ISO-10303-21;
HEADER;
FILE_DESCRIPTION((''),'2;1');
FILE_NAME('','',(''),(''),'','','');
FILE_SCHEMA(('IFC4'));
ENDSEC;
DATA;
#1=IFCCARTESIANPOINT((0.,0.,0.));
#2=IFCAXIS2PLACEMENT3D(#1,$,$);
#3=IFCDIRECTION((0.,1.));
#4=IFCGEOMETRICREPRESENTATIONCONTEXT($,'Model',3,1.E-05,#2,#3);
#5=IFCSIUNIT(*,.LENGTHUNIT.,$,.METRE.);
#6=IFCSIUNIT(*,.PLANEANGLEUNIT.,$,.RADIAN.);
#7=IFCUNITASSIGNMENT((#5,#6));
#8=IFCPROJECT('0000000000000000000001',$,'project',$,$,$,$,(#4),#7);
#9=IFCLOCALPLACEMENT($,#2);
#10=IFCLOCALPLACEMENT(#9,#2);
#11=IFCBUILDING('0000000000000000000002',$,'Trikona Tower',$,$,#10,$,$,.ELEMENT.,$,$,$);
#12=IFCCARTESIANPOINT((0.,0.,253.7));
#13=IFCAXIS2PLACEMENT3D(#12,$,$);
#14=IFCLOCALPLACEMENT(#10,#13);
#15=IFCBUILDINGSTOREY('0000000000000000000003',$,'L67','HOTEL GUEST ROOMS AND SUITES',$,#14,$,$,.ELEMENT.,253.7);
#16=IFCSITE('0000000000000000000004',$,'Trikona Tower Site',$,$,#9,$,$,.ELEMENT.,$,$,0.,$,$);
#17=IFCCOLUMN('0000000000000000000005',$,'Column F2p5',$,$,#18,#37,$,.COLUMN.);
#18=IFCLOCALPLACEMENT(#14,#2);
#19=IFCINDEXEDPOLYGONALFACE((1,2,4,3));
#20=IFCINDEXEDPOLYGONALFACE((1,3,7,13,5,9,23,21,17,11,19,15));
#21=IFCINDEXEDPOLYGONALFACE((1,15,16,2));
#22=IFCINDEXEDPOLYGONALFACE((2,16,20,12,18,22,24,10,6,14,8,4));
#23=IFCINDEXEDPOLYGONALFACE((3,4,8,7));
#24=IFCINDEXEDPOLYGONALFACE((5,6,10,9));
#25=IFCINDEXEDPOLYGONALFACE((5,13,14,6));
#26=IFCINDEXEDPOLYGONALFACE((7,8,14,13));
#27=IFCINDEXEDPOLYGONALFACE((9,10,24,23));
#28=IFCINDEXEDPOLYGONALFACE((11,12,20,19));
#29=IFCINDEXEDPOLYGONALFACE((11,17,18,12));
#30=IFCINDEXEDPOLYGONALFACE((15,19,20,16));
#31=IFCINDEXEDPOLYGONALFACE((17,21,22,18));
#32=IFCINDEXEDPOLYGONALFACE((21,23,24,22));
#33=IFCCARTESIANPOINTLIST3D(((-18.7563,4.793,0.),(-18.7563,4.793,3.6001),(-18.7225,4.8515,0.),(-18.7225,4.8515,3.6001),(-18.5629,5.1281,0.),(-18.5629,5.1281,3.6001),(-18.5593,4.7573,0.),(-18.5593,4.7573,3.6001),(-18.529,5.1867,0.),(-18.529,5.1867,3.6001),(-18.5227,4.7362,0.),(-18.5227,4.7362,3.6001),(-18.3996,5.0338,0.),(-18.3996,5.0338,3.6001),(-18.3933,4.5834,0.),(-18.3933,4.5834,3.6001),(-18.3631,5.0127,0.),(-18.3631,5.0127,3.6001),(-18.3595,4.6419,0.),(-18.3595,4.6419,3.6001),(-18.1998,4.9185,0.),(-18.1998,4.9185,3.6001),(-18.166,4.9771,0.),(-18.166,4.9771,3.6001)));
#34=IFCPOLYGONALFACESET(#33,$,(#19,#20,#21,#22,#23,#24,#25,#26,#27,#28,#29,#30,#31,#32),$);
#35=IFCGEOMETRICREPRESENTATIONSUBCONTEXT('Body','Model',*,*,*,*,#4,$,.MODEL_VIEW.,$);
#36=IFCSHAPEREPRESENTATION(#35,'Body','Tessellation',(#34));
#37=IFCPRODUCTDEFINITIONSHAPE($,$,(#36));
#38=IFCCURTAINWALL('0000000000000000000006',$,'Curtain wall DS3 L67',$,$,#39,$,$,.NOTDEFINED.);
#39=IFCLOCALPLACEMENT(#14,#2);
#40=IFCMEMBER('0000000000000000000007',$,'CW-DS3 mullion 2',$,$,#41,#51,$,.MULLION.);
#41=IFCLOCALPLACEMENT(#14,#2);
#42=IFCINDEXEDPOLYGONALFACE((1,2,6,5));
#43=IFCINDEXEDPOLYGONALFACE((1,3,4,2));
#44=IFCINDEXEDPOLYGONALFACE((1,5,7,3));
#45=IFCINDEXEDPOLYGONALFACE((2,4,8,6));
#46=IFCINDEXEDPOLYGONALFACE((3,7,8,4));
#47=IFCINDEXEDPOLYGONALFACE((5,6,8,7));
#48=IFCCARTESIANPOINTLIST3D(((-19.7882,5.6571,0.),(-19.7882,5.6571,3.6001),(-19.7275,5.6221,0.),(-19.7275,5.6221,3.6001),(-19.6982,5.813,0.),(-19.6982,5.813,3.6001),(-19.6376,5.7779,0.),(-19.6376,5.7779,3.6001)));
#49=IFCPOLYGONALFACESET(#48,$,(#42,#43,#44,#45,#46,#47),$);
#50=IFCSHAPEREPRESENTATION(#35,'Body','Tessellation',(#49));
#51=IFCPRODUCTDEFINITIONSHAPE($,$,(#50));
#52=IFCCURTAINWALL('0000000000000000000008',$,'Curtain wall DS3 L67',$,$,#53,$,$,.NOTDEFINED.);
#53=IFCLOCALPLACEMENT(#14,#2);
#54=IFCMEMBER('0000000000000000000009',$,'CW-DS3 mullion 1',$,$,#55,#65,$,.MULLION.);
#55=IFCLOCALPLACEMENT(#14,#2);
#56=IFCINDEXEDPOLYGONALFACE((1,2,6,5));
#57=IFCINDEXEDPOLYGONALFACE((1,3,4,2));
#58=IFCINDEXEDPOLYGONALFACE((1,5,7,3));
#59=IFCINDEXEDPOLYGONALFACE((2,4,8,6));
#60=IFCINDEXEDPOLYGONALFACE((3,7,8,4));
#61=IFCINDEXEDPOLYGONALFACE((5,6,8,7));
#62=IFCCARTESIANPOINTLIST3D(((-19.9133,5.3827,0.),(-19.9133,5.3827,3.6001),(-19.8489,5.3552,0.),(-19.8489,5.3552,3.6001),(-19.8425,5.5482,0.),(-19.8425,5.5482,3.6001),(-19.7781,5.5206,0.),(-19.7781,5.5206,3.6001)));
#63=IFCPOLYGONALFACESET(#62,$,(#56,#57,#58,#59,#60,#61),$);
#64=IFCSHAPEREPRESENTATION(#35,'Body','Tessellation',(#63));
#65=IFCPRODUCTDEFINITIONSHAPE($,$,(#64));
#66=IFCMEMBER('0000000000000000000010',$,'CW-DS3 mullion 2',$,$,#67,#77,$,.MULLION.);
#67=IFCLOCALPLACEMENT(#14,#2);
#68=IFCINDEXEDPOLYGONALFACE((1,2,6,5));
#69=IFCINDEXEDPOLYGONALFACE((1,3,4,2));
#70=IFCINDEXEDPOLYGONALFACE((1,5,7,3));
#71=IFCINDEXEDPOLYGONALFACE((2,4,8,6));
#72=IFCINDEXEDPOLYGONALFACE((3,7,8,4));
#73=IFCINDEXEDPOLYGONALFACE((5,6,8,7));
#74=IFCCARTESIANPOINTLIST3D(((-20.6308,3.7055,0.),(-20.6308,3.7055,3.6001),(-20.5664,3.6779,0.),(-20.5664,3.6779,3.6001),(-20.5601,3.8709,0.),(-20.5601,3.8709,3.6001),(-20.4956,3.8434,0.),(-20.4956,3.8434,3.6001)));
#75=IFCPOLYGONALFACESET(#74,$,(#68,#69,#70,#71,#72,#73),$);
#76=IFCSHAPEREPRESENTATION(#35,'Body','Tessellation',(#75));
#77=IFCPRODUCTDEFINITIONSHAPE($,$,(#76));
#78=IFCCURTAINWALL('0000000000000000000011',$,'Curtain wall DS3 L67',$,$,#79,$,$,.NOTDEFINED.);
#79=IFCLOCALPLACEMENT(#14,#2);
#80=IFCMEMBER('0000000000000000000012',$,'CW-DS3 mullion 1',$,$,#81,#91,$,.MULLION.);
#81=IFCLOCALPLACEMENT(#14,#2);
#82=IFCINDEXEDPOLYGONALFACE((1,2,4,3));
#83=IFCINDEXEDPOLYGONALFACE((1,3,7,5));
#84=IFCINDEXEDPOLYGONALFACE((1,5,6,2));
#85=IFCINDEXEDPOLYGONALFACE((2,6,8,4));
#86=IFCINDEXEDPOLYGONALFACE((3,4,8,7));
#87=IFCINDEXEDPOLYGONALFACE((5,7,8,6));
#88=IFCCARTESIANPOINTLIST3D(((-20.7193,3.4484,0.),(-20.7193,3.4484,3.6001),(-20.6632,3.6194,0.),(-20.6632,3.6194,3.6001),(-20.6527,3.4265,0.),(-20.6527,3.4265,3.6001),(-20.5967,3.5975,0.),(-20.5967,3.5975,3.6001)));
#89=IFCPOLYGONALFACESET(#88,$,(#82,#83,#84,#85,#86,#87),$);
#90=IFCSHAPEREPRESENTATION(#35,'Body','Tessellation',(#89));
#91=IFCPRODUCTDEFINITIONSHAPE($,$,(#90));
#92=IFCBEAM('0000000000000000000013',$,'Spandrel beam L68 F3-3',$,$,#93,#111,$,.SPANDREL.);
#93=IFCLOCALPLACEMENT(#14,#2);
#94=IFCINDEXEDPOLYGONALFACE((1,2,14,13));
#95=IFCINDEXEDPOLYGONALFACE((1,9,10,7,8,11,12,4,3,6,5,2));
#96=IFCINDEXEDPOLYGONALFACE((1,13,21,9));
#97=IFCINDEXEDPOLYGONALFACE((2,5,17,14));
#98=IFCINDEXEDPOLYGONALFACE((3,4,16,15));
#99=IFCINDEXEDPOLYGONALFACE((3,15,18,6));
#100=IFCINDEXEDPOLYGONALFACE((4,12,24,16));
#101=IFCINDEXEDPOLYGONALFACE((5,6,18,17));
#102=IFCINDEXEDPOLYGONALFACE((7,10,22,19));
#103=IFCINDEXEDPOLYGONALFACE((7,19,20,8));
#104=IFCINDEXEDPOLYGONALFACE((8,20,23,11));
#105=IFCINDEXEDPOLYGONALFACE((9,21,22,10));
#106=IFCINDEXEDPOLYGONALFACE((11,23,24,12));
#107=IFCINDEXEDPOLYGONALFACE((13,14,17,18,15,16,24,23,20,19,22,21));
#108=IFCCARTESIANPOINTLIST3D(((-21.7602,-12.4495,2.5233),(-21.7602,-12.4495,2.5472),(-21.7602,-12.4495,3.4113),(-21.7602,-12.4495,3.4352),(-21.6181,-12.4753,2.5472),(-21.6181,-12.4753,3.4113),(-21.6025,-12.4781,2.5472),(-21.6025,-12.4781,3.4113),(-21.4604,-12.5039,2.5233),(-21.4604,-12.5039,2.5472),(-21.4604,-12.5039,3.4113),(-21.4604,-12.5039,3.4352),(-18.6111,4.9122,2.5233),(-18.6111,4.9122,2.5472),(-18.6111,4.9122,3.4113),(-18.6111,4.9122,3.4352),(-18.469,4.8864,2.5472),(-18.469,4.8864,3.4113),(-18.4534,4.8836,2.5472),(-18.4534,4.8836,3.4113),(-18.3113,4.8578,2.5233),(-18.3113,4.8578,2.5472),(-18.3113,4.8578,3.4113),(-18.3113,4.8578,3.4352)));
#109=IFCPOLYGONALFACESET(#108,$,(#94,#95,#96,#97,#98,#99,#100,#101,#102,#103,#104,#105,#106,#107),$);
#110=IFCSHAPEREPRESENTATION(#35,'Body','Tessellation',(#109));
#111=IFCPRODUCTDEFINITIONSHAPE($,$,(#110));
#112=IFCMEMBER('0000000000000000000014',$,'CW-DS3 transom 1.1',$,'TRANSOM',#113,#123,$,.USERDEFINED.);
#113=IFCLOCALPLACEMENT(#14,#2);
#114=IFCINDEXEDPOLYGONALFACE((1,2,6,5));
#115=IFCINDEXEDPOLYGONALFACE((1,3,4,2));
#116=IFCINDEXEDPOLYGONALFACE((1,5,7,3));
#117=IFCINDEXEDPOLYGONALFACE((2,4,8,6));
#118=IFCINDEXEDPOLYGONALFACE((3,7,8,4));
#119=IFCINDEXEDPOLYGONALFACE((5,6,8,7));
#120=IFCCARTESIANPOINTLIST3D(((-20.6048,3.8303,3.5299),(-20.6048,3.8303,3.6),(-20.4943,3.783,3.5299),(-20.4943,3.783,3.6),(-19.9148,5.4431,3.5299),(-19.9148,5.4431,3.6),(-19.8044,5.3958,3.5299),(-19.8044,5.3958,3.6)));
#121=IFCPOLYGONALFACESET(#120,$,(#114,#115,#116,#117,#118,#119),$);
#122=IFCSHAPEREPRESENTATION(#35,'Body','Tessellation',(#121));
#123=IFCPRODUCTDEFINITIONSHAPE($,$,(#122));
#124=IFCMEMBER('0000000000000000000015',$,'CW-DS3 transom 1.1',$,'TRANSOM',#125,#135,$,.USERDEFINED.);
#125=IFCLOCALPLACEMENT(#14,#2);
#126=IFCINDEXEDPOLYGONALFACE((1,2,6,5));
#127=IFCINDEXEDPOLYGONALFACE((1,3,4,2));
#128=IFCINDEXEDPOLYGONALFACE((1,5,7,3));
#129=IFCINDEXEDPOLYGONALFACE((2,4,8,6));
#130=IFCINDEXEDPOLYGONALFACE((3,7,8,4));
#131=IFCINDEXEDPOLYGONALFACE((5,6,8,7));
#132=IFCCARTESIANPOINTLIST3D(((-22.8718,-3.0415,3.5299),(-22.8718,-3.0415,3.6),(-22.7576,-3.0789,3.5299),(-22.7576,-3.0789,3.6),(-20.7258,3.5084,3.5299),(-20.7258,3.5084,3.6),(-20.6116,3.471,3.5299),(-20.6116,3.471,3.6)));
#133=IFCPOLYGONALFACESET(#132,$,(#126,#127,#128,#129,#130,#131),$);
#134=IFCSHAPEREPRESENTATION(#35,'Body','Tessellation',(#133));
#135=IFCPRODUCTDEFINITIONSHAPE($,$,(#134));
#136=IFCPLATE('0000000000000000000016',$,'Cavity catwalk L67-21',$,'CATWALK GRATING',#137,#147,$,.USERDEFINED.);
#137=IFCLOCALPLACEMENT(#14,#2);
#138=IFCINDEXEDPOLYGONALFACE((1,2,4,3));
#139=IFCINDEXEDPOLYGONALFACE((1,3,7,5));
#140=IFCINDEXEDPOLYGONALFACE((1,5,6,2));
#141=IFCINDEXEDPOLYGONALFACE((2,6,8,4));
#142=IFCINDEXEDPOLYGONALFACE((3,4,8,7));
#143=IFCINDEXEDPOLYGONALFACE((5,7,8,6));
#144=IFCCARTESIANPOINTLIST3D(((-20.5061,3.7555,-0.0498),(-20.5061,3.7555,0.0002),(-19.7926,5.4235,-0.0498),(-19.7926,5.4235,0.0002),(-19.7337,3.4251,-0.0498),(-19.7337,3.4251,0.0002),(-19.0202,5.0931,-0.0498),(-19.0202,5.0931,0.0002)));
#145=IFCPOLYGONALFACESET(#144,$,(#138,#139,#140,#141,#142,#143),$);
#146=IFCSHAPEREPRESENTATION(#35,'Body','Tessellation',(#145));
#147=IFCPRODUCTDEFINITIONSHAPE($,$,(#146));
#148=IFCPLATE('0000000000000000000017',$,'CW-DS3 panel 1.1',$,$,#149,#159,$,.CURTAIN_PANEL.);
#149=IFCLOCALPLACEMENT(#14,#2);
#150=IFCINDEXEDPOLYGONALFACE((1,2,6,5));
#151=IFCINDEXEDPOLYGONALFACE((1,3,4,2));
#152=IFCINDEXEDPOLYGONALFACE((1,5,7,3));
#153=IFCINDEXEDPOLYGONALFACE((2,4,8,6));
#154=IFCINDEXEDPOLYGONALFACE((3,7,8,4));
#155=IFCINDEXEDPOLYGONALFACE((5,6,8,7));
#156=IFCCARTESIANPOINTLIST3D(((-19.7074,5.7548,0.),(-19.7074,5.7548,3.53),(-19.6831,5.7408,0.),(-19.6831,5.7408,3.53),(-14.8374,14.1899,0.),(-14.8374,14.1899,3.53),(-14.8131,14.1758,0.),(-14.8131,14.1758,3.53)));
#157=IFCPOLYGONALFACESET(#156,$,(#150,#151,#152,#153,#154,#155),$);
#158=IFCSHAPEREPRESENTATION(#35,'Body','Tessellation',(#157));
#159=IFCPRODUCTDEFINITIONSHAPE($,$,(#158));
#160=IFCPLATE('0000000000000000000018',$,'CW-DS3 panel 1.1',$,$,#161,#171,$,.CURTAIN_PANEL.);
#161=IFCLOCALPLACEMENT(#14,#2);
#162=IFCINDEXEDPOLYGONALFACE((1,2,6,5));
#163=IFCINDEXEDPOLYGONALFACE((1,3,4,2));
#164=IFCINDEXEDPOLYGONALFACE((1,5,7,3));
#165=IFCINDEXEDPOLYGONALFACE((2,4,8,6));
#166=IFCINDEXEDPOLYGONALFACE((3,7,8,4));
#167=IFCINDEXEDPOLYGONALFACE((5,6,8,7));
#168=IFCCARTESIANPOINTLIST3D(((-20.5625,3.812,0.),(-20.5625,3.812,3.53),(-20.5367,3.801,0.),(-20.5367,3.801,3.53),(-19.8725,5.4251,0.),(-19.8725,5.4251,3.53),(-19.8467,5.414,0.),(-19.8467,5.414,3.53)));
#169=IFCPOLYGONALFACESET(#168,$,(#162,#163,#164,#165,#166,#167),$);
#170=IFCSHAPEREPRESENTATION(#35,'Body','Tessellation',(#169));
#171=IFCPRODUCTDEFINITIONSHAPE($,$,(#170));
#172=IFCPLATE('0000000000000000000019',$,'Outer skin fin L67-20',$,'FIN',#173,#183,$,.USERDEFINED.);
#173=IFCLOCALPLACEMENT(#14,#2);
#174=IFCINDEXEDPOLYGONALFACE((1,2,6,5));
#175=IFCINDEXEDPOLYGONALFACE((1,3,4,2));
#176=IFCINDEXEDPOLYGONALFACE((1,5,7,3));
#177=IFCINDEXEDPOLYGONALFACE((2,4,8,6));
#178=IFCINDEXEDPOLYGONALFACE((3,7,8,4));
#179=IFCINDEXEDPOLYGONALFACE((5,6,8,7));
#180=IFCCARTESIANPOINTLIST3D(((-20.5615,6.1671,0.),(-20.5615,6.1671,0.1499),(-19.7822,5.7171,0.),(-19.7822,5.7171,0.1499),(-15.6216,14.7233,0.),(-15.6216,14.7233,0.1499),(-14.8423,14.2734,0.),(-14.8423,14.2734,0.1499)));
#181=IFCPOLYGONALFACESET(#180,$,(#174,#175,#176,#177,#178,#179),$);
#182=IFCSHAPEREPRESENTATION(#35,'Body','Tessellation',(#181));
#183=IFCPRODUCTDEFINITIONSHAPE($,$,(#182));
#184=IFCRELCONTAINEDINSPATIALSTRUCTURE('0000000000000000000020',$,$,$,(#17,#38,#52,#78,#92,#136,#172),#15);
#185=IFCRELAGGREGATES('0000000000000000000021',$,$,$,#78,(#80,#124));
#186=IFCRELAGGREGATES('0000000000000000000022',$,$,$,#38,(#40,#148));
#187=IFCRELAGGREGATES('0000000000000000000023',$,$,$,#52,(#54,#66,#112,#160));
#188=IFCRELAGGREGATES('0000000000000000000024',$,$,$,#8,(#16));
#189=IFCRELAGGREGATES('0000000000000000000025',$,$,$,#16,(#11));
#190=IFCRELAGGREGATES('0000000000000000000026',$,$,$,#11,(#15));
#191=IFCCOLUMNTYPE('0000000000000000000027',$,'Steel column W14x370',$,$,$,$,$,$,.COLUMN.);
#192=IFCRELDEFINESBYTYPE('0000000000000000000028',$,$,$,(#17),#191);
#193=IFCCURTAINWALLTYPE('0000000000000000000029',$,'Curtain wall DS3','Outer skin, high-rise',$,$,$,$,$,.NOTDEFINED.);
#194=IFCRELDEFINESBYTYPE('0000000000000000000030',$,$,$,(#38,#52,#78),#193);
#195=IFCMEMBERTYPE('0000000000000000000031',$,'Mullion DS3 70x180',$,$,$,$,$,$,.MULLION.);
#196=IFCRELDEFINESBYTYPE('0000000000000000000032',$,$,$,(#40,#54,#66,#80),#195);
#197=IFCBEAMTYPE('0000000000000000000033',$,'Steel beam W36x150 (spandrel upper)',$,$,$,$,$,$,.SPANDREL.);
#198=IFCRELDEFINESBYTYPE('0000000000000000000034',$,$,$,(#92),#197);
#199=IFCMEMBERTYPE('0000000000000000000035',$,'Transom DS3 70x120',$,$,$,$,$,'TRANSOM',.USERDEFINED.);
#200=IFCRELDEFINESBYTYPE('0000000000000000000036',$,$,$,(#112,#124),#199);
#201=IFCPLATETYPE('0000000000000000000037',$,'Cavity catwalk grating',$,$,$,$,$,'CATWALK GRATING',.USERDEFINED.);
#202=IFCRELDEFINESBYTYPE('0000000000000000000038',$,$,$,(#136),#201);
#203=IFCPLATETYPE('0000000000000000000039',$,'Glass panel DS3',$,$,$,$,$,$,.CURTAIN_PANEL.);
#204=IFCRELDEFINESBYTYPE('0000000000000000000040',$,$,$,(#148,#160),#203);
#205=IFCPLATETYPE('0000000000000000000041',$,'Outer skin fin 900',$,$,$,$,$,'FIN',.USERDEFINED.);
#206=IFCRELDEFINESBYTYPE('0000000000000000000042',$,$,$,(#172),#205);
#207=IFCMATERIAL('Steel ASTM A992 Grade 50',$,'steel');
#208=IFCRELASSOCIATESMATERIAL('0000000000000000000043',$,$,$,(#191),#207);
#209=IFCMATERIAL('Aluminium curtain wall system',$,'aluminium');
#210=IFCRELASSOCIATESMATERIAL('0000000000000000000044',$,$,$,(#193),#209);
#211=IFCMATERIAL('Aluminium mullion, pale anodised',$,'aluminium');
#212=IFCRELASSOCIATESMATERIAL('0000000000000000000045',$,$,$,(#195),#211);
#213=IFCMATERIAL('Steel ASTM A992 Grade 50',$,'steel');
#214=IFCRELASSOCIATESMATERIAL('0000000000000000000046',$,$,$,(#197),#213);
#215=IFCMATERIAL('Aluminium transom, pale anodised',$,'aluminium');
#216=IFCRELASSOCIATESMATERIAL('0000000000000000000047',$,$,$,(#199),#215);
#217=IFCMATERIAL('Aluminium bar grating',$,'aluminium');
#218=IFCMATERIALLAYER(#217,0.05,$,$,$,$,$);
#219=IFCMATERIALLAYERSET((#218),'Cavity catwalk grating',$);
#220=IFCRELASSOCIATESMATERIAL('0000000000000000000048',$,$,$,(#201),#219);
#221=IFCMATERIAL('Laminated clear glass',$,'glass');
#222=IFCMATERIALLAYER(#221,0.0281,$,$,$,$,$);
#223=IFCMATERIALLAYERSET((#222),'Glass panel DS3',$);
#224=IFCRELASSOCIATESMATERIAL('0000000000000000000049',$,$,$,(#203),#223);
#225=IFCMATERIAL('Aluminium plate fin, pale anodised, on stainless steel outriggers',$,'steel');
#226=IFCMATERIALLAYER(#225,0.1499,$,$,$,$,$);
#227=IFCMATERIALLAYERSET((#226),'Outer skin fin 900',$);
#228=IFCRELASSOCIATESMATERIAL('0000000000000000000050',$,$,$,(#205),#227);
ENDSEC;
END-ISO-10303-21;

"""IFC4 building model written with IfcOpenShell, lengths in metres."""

from ifc_helpers import new_model, si_unit, direction, frame, origin, origin_2d, place, context, subcontext, project, spatial, rectangle, i_section, extrude, material, layer, layer_set, material_profile, profile_set, type_object, element, aggregate, save


model = new_model("IFC4")

# Units and contexts
model_context = context("Model", 3, precision=1e-05, world=origin(), true_north=direction((0.0, 1.0)))
body_context = subcontext(model_context, "Body", "Model", "MODEL_VIEW")
ifc_project = project(units=[si_unit("LENGTHUNIT", "METRE"), si_unit("PLANEANGLEUNIT", "RADIAN")], contexts=[model_context])

# Site, building, storey
site_placement = place(None, origin())
site = spatial("IfcSite", under=ifc_project, at=site_placement, Name="Trikona Tower Site", CompositionType="ELEMENT", RefElevation=0.0)
building_placement = place(site_placement, origin())
building = spatial("IfcBuilding", under=site, at=building_placement, Name="Trikona Tower", CompositionType="ELEMENT")
storey_placement = place(building_placement, frame((0.0, 0.0, 253.7)))
storey = spatial("IfcBuildingStorey", under=building, at=storey_placement, Name="L67", Description="HOTEL GUEST ROOMS AND SUITES", CompositionType="ELEMENT", Elevation=253.7)

# Column
ifc_material_1 = material(Name="Steel ASTM A992 Grade 50", Category="steel")
ifc_material_profile_1 = material_profile(ifc_material_1, i_section(OverallWidth=0.4192, OverallDepth=0.4546, WebThickness=0.0422, FlangeThickness=0.0676, at=origin_2d()), Name="W14X370")
ifc_profile_set_1 = profile_set([ifc_material_profile_1], Name="Steel ASTM A992 Grade 50")
column_type = type_object("IfcColumnType", Name="Steel column W14x370", PredefinedType="COLUMN", material=ifc_profile_set_1)
column_placement = place(storey_placement, frame((-18.4612, 4.885, 0.0), z_axis=(0.0, 0.0, 1.0), x_axis=(-0.866025, 0.5, 0.0)))
element("IfcColumn", 1, at=column_placement, inside=storey, type_object=column_type, Name="Column F2p5", PredefinedType="COLUMN", context=body_context, shape_type="SweptSolid", body=[
    extrude(i_section(OverallWidth=0.4192, OverallDepth=0.4546, WebThickness=0.0422, FlangeThickness=0.0676, at=origin_2d()), origin(), (0.0, 0.0, 1.0), 3.6001),
])

# Curtain wall, member
ifc_material_2 = material(Name="Aluminium curtain wall system", Category="aluminium")
curtain_wall_type = type_object("IfcCurtainWallType", Name="Curtain wall DS3", Description="Outer skin, high-rise", PredefinedType="NOTDEFINED", material=ifc_material_2)
curtain_wall_1_placement = place(storey_placement, origin())
curtain_wall_1 = element("IfcCurtainWall", 2, at=curtain_wall_1_placement, inside=storey, type_object=curtain_wall_type, Name="Curtain wall DS3 L67", PredefinedType="NOTDEFINED")
ifc_material_3 = material(Name="Aluminium mullion, pale anodised", Category="aluminium")
ifc_material_profile_2 = material_profile(ifc_material_3, rectangle(XDim=0.0701, YDim=0.1799, at=origin_2d()), Name="MUL-DS3")
ifc_profile_set_2 = profile_set([ifc_material_profile_2], Name="Aluminium mullion, pale anodised")
member_type_1 = type_object("IfcMemberType", Name="Mullion DS3 70x180", PredefinedType="MULLION", material=ifc_profile_set_2)
member_1_placement = place(storey_placement, frame((-19.7129, 5.7175, 0.0), z_axis=(0.0, 0.0, 1.0), x_axis=(0.866025, -0.500001, 0.0)))
member_1 = element("IfcMember", 3, at=member_1_placement, type_object=member_type_1, Name="CW-DS3 mullion 2", PredefinedType="MULLION", context=body_context, shape_type="SweptSolid", body=[
    extrude(rectangle(XDim=0.0701, YDim=0.1799, at=origin_2d()), origin(), (0.0, 0.0, 1.0), 3.6001),
])

# Curtain wall, members
curtain_wall_2_placement = place(storey_placement, origin())
curtain_wall_2 = element("IfcCurtainWall", 4, at=curtain_wall_2_placement, inside=storey, type_object=curtain_wall_type, Name="Curtain wall DS3 L67", PredefinedType="NOTDEFINED")
member_2_placement = place(storey_placement, frame((-19.8457, 5.4517, 0.0), z_axis=(0.0, 0.0, 1.0), x_axis=(0.919421, -0.393276, 0.0)))
member_2 = element("IfcMember", 5, at=member_2_placement, type_object=member_type_1, Name="CW-DS3 mullion 1", PredefinedType="MULLION", context=body_context, shape_type="SweptSolid", body=[
    extrude(rectangle(XDim=0.0701, YDim=0.1799, at=origin_2d()), origin(), (0.0, 0.0, 1.0), 3.6001),
])
member_3_placement = place(storey_placement, frame((-20.5632, 3.7744, 0.0), z_axis=(0.0, 0.0, 1.0), x_axis=(0.919421, -0.393276, 0.0)))
member_3 = element("IfcMember", 6, at=member_3_placement, type_object=member_type_1, Name="CW-DS3 mullion 2", PredefinedType="MULLION", context=body_context, shape_type="SweptSolid", body=[
    extrude(rectangle(XDim=0.0701, YDim=0.1799, at=origin_2d()), origin(), (0.0, 0.0, 1.0), 3.6001),
])

# Curtain wall, member
curtain_wall_3_placement = place(storey_placement, origin())
curtain_wall_3 = element("IfcCurtainWall", 7, at=curtain_wall_3_placement, inside=storey, type_object=curtain_wall_type, Name="Curtain wall DS3 L67", PredefinedType="NOTDEFINED")
member_4_placement = place(storey_placement, frame((-20.658, 3.5229, 0.0), z_axis=(0.0, 0.0, 1.0), x_axis=(0.950297, -0.311344, 0.0)))
member_4 = element("IfcMember", 8, at=member_4_placement, type_object=member_type_1, Name="CW-DS3 mullion 1", PredefinedType="MULLION", context=body_context, shape_type="SweptSolid", body=[
    extrude(rectangle(XDim=0.0701, YDim=0.1799, at=origin_2d()), origin(), (0.0, 0.0, 1.0), 3.6001),
])

# Beam
ifc_material_4 = material(Name="Steel ASTM A992 Grade 50", Category="steel")
ifc_material_profile_3 = material_profile(ifc_material_4, i_section(OverallWidth=0.3047, OverallDepth=0.9119, WebThickness=0.0159, FlangeThickness=0.0239, at=origin_2d()), Name="W36X150")
ifc_profile_set_3 = profile_set([ifc_material_profile_3], Name="Steel ASTM A992 Grade 50")
beam_type = type_object("IfcBeamType", Name="Steel beam W36x150 (spandrel upper)", PredefinedType="SPANDREL", material=ifc_profile_set_3)
beam_placement = place(storey_placement, frame((-18.4612, 4.885, 2.9792), z_axis=(-0.178473, -0.983945, 0.0), x_axis=(0.983945, -0.178473, 0.0)))
element("IfcBeam", 9, at=beam_placement, inside=storey, type_object=beam_type, Name="Spandrel beam L68 F3-3", PredefinedType="SPANDREL", context=body_context, shape_type="SweptSolid", body=[
    extrude(i_section(OverallWidth=0.3047, OverallDepth=0.9119, WebThickness=0.0159, FlangeThickness=0.0239, at=origin_2d()), origin(), (0.0, 0.0, 1.0), 17.645),
])

# Members
ifc_material_5 = material(Name="Aluminium transom, pale anodised", Category="aluminium")
ifc_material_profile_4 = material_profile(ifc_material_5, rectangle(XDim=0.1201, YDim=0.0701, at=origin_2d()), Name="TRN-DS3")
ifc_profile_set_4 = profile_set([ifc_material_profile_4], Name="Aluminium transom, pale anodised")
member_type_2 = type_object("IfcMemberType", Name="Transom DS3 70x120", ElementType="TRANSOM", PredefinedType="USERDEFINED", material=ifc_profile_set_4)
member_5_placement = place(storey_placement, frame((-19.8596, 5.4194, 3.5649), z_axis=(-0.393315, -0.919404, 0.0), x_axis=(0.919404, -0.393315, 0.0)))
member_5 = element("IfcMember", 10, at=member_5_placement, type_object=member_type_2, Name="CW-DS3 transom 1.1", ObjectType="TRANSOM", PredefinedType="USERDEFINED", context=body_context, shape_type="SweptSolid", body=[
    extrude(rectangle(XDim=0.1201, YDim=0.0701, at=origin_2d()), origin(), (0.0, 0.0, 1.0), 1.7542),
])
member_6_placement = place(storey_placement, frame((-20.6687, 3.4897, 3.5649), z_axis=(-0.311346, -0.950297, 0.0), x_axis=(0.950297, -0.311346, 0.0)))
member_6 = element("IfcMember", 11, at=member_6_placement, type_object=member_type_2, Name="CW-DS3 transom 1.1", ObjectType="TRANSOM", PredefinedType="USERDEFINED", context=body_context, shape_type="SweptSolid", body=[
    extrude(rectangle(XDim=0.1201, YDim=0.0701, at=origin_2d()), origin(), (0.0, 0.0, 1.0), 6.8926),
])
aggregate(curtain_wall_3, [member_4, member_6])

# Plates
ifc_material_6 = material(Name="Aluminium bar grating", Category="aluminium")
ifc_layer_1 = layer(ifc_material_6, 0.05)
ifc_layer_set_1 = layer_set([ifc_layer_1], Name="Cavity catwalk grating")
plate_type_1 = type_object("IfcPlateType", Name="Cavity catwalk grating", ElementType="CATWALK GRATING", PredefinedType="USERDEFINED", material=ifc_layer_set_1)
plate_1_placement = place(storey_placement, frame((-19.7632, 4.4243, -0.0498), z_axis=(0.0, 0.0, 1.0), x_axis=(-0.393284, -0.919417, 0.0)))
element("IfcPlate", 12, at=plate_1_placement, inside=storey, type_object=plate_type_1, Name="Cavity catwalk L67-21", ObjectType="CATWALK GRATING", PredefinedType="USERDEFINED", context=body_context, shape_type="SweptSolid", body=[
    extrude(rectangle(XDim=1.8142, YDim=0.8401, at=origin_2d()), origin(), (0.0, 0.0, 1.0), 0.05),
])
ifc_material_7 = material(Name="Laminated clear glass", Category="glass")
ifc_layer_2 = layer(ifc_material_7, 0.0281)
ifc_layer_set_2 = layer_set([ifc_layer_2], Name="Glass panel DS3")
plate_type_2 = type_object("IfcPlateType", Name="Glass panel DS3", PredefinedType="CURTAIN_PANEL", material=ifc_layer_set_2)
plate_2_placement = place(storey_placement, frame((-17.2603, 9.9653, 0.0), z_axis=(0.0, 0.0, 1.0), x_axis=(-0.500001, -0.866025, 0.0)))
plate_2 = element("IfcPlate", 13, at=plate_2_placement, type_object=plate_type_2, Name="CW-DS3 panel 1.1", PredefinedType="CURTAIN_PANEL", context=body_context, shape_type="SweptSolid", body=[
    extrude(rectangle(XDim=9.74, YDim=0.0281, at=origin_2d()), origin(), (0.0, 0.0, 1.0), 3.53),
])
aggregate(curtain_wall_1, [member_1, plate_2])
plate_3_placement = place(storey_placement, frame((-20.2046, 4.613, 0.0), z_axis=(0.0, 0.0, 1.0), x_axis=(-0.393276, -0.919421, 0.0)))
plate_3 = element("IfcPlate", 14, at=plate_3_placement, type_object=plate_type_2, Name="CW-DS3 panel 1.1", PredefinedType="CURTAIN_PANEL", context=body_context, shape_type="SweptSolid", body=[
    extrude(rectangle(XDim=1.7544, YDim=0.0281, at=origin_2d()), origin(), (0.0, 0.0, 1.0), 3.53),
])
aggregate(curtain_wall_2, [member_2, member_3, member_5, plate_3])

# Plate
ifc_material_8 = material(Name="Aluminium plate fin, pale anodised, on stainless steel outriggers", Category="steel")
ifc_layer_3 = layer(ifc_material_8, 0.1499)
ifc_layer_set_3 = layer_set([ifc_layer_3], Name="Outer skin fin 900")
plate_type_3 = type_object("IfcPlateType", Name="Outer skin fin 900", ElementType="FIN", PredefinedType="USERDEFINED", material=ifc_layer_set_3)
plate_4_placement = place(storey_placement, frame((-17.7019, 10.2202, 0.0), z_axis=(0.0, 0.0, 1.0), x_axis=(-0.499998, -0.866026, 0.0)))
element("IfcPlate", 15, at=plate_4_placement, inside=storey, type_object=plate_type_3, Name="Outer skin fin L67-20", ObjectType="FIN", PredefinedType="USERDEFINED", context=body_context, shape_type="SweptSolid", body=[
    extrude(rectangle(XDim=9.8799, YDim=0.8999, at=origin_2d()), origin(), (0.0, 0.0, 1.0), 0.1499),
])

save(model, "model.ifc")
